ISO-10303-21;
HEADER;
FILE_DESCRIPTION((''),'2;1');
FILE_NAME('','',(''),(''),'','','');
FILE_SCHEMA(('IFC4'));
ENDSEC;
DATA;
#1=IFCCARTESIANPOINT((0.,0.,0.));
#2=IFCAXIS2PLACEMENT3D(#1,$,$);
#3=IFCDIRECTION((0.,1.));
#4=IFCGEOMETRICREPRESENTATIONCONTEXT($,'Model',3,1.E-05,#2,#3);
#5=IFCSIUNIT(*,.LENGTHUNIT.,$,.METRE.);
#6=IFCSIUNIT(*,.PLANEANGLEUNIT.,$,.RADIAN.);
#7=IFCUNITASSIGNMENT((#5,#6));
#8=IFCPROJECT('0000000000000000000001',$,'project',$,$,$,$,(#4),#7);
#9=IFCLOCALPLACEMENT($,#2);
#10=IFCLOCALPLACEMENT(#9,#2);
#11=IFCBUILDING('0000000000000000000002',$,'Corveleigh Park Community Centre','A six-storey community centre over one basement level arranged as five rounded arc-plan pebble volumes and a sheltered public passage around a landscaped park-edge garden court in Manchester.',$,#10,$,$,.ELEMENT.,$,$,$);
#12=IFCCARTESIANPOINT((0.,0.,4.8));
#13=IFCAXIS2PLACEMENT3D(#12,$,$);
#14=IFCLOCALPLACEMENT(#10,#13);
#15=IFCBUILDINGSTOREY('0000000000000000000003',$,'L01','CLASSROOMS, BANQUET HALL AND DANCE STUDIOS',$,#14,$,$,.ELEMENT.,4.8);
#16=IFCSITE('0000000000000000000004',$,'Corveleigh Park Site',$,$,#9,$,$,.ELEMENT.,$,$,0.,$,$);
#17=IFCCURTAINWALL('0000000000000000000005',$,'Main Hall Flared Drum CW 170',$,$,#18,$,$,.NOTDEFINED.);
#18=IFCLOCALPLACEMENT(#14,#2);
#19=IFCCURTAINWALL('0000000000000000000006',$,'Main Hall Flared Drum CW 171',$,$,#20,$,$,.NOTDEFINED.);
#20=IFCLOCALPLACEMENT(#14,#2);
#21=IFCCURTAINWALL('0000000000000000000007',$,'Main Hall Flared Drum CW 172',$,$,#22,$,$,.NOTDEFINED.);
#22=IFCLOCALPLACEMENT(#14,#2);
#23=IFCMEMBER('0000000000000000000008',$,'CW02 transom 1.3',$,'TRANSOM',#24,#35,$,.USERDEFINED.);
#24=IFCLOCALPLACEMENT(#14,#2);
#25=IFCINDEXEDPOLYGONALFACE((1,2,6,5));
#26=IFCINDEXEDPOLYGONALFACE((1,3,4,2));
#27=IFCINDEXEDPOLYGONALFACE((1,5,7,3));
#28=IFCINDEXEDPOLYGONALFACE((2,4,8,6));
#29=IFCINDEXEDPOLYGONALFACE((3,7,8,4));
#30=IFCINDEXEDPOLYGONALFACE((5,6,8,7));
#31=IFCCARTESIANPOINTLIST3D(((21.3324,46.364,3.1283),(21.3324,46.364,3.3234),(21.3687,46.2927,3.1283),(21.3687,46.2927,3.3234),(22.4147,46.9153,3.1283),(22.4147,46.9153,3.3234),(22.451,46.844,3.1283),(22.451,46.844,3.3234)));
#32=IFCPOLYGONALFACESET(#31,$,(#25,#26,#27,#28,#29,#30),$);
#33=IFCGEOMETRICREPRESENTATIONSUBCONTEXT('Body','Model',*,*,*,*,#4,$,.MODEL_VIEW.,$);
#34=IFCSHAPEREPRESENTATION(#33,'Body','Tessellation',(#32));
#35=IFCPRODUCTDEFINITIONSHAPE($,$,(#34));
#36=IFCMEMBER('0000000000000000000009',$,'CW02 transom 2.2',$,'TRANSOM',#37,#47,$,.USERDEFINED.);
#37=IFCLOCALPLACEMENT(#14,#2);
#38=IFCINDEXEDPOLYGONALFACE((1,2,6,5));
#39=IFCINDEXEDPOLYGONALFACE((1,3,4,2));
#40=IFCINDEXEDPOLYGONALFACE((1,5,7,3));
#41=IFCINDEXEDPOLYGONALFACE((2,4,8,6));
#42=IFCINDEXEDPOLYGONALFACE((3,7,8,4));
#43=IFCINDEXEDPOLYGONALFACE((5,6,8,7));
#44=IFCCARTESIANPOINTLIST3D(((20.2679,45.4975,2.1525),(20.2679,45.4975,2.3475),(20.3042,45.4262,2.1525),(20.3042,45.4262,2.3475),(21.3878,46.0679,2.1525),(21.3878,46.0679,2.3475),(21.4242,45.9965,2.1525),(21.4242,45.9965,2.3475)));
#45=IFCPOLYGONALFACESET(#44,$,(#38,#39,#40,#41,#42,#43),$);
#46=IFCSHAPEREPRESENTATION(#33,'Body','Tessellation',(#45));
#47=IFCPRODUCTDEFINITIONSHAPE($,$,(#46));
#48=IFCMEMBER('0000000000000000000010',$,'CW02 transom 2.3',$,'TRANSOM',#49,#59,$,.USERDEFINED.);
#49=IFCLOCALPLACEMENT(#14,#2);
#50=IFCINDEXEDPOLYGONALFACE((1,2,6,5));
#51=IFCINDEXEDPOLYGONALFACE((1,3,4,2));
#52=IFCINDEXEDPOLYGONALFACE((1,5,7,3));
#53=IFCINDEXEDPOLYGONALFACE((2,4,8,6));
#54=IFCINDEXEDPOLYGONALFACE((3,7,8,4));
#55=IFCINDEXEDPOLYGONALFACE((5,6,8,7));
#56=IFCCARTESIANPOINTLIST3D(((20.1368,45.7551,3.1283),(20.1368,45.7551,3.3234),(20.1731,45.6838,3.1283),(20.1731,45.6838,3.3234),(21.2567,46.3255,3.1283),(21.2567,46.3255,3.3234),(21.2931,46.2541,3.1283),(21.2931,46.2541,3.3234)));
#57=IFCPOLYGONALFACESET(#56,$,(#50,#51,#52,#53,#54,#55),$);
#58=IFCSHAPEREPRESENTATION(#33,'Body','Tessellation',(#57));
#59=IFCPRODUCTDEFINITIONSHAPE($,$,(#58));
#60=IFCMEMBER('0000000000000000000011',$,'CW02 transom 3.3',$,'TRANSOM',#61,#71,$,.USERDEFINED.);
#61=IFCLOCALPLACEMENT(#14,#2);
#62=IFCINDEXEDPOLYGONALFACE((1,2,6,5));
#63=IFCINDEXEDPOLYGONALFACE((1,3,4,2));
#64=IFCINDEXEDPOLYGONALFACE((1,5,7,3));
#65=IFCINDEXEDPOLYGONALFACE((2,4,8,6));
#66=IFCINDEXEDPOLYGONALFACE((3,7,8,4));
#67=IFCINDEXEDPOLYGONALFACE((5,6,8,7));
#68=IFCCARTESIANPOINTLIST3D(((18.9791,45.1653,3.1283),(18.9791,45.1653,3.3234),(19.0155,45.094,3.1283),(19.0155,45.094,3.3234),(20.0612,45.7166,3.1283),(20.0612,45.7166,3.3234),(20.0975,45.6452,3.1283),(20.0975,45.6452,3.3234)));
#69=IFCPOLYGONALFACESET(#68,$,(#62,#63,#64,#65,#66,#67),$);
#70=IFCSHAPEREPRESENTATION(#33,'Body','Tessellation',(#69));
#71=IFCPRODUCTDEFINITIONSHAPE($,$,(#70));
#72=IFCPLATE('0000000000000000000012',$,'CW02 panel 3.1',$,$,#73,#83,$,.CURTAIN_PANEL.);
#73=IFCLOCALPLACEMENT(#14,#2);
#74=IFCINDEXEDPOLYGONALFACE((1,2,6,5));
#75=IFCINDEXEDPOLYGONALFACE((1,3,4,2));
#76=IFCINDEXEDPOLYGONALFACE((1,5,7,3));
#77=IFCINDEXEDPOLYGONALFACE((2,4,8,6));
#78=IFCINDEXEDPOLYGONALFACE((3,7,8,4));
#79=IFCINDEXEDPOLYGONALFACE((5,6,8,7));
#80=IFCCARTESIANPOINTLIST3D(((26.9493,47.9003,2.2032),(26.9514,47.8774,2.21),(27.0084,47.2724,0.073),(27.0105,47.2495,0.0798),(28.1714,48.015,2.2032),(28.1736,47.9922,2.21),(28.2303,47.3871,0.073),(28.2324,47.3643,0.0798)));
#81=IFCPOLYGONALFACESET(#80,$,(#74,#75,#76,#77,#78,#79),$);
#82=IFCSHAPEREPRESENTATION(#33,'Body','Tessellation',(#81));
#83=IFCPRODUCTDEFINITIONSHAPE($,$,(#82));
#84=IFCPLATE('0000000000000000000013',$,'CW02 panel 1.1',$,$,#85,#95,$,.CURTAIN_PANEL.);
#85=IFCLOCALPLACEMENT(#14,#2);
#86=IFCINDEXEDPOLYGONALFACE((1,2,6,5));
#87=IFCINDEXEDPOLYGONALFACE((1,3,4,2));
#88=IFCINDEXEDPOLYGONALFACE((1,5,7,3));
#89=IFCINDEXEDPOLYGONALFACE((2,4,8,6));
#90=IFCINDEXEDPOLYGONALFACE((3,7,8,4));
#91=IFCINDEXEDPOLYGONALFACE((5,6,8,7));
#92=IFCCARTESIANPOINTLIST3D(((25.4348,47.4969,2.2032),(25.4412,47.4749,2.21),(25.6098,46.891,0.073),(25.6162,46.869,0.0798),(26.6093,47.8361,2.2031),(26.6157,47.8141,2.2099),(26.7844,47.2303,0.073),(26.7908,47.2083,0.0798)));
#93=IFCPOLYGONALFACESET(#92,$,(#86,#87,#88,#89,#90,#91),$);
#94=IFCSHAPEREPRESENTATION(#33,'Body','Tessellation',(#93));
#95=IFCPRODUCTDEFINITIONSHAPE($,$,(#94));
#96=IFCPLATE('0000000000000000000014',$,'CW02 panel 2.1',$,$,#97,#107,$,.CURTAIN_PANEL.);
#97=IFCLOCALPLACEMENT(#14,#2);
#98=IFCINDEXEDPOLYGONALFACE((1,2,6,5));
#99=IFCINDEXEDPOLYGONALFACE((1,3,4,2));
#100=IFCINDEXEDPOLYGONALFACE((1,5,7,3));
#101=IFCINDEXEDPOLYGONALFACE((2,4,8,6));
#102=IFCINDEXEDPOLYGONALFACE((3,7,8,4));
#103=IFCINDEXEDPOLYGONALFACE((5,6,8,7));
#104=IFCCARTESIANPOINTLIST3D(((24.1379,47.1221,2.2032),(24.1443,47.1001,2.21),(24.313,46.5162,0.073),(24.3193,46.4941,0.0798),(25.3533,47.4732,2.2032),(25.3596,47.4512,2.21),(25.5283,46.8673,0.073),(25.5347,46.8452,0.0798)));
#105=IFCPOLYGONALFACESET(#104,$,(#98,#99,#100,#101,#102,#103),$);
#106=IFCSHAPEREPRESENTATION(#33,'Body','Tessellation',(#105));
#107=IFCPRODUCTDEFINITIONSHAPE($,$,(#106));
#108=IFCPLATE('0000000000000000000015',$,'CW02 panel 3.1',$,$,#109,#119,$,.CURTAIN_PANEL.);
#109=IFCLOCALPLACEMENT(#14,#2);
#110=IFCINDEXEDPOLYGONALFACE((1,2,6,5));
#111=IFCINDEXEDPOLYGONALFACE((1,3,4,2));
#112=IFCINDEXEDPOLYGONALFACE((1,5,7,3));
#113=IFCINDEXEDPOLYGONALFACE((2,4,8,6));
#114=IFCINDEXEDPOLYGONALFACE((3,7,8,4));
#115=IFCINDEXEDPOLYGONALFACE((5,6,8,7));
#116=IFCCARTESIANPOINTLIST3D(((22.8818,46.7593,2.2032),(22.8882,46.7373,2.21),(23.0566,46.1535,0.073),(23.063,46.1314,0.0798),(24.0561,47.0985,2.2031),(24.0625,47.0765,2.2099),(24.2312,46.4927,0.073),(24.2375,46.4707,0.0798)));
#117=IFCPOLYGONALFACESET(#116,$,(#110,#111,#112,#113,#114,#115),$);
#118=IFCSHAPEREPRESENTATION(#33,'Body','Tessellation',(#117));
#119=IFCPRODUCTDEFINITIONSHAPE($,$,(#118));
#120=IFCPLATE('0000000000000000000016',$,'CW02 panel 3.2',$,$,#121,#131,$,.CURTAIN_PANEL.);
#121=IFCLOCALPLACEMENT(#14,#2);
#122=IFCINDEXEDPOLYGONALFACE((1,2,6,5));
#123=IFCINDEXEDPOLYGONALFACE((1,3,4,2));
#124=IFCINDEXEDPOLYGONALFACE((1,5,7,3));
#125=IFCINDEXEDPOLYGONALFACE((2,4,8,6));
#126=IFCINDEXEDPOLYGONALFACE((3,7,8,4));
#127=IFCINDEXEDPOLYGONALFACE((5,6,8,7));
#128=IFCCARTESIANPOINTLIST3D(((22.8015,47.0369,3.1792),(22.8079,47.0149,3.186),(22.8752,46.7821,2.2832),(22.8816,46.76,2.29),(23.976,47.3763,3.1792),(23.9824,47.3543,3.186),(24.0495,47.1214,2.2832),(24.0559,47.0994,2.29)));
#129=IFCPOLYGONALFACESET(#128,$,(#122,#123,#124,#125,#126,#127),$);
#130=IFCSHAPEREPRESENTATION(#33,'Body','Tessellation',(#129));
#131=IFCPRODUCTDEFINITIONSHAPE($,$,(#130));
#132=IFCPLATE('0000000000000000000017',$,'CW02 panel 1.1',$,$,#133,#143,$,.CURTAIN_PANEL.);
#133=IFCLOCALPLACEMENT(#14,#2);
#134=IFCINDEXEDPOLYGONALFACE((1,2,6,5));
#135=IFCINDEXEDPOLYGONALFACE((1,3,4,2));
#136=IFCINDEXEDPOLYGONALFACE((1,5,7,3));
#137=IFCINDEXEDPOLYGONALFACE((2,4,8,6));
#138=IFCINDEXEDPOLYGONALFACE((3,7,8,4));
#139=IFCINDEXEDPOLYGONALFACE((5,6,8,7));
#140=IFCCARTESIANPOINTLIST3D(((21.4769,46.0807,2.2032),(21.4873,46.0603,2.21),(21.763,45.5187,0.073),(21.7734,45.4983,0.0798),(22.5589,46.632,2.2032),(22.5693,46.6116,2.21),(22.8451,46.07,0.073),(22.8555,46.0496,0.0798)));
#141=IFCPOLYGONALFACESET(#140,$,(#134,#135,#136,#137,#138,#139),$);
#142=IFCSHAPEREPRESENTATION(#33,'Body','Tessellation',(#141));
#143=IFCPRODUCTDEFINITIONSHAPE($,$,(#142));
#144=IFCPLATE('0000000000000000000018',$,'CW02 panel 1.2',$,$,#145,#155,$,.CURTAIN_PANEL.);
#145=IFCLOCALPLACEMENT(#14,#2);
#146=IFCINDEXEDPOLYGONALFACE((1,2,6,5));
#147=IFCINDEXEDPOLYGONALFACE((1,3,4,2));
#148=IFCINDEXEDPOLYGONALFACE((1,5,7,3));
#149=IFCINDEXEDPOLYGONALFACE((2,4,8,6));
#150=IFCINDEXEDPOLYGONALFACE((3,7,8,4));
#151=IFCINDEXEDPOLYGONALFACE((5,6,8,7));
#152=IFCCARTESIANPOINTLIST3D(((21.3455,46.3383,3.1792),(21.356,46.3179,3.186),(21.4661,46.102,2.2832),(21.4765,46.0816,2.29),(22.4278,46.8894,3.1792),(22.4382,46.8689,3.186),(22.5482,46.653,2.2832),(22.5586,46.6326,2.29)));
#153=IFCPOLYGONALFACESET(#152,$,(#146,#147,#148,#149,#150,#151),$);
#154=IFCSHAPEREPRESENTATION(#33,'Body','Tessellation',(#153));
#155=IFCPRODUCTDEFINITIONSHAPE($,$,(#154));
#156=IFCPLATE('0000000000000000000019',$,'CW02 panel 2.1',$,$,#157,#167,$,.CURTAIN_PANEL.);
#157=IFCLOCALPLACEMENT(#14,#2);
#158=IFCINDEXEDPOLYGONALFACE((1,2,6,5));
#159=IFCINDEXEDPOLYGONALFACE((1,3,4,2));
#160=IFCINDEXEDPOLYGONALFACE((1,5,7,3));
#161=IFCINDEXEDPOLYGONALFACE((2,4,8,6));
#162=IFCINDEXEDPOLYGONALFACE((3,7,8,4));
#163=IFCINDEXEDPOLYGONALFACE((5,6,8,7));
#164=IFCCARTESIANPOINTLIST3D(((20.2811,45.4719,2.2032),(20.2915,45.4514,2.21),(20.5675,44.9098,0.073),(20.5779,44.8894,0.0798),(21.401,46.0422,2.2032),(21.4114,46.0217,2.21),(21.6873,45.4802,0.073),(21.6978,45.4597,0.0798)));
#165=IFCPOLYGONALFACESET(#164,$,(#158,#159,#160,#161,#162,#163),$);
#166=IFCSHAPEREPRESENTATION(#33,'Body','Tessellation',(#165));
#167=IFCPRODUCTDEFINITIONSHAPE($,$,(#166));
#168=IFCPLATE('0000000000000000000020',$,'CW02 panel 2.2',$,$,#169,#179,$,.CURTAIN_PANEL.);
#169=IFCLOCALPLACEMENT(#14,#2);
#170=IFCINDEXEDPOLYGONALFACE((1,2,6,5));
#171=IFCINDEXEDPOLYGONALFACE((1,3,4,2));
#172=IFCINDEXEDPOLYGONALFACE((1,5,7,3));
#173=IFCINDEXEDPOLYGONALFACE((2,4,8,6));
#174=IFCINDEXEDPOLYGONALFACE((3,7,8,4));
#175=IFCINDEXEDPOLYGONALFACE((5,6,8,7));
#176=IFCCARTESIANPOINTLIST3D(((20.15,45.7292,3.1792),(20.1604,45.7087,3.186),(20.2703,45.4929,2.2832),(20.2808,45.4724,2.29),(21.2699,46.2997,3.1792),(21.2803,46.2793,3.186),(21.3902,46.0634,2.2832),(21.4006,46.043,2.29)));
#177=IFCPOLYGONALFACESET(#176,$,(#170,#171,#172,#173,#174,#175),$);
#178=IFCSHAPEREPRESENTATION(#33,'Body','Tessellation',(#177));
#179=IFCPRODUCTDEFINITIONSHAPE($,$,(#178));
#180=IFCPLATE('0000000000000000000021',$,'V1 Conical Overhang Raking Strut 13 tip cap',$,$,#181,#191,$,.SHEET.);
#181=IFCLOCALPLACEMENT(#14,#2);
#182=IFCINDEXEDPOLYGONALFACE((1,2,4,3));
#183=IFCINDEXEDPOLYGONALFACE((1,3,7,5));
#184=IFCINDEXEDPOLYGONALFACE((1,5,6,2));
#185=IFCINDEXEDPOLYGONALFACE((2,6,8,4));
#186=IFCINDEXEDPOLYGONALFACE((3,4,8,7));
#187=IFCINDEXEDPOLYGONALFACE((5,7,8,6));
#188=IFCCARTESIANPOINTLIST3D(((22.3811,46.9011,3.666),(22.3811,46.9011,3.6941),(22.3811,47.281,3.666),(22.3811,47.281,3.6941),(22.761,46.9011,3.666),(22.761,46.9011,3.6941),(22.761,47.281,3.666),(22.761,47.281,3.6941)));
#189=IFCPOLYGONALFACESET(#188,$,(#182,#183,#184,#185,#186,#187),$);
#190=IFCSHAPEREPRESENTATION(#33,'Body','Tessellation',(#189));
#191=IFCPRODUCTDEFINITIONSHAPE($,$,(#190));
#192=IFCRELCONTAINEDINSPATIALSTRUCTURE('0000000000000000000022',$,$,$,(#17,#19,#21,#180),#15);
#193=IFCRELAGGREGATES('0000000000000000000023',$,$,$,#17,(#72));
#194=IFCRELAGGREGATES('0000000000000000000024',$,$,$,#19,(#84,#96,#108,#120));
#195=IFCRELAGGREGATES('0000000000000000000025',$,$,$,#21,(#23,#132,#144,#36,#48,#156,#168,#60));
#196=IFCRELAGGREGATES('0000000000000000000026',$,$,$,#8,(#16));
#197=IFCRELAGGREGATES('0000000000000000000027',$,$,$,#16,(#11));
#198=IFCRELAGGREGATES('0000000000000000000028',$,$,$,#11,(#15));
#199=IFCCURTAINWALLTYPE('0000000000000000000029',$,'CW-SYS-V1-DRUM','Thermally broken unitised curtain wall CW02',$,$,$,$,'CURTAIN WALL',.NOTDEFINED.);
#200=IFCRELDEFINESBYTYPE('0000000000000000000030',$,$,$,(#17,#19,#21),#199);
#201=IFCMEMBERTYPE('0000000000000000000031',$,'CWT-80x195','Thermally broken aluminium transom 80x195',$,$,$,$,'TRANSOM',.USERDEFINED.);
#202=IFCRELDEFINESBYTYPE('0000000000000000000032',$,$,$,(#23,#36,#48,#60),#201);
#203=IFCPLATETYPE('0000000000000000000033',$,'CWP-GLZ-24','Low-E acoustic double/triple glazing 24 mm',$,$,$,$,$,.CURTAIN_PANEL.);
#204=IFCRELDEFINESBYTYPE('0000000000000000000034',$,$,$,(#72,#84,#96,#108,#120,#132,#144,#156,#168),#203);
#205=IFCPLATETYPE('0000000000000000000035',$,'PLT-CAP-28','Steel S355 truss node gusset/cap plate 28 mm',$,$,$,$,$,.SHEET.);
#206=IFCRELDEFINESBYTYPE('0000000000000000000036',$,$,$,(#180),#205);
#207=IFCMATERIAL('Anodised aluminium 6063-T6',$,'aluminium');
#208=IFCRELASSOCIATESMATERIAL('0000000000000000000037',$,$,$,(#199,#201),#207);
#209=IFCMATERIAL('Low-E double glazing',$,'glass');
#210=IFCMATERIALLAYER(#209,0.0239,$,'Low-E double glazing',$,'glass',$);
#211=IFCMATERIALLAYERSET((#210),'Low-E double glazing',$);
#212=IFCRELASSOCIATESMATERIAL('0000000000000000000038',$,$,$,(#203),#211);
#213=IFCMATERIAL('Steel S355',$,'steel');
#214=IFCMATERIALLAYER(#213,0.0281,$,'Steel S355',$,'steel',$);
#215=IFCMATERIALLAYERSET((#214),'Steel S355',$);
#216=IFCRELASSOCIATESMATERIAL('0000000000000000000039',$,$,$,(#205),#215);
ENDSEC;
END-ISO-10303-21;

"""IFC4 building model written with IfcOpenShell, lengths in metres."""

from ifc_helpers import new_model, si_unit, direction, frame, origin, origin_2d, place, context, subcontext, project, spatial, polyline, rectangle, outline, extrude, material, layer, layer_set, material_profile, profile_set, type_object, element, aggregate, save


model = new_model("IFC4")

# Units and contexts
model_context = context("Model", 3, precision=1e-05, world=origin(), true_north=direction((0.0, 1.0)))
body_context = subcontext(model_context, "Body", "Model", "MODEL_VIEW")
ifc_project = project(units=[si_unit("LENGTHUNIT", "METRE"), si_unit("PLANEANGLEUNIT", "RADIAN")], contexts=[model_context])

# Site, building, storey
site_placement = place(None, origin())
site = spatial("IfcSite", under=ifc_project, at=site_placement, Name="Corveleigh Park Site", CompositionType="ELEMENT", RefElevation=0.0)
building_placement = place(site_placement, origin())
building = spatial("IfcBuilding", under=site, at=building_placement, Name="Corveleigh Park Community Centre", Description="A six-storey community centre over one basement level arranged as five rounded arc-plan pebble volumes and a sheltered public passage around a landscaped park-edge garden court in Manchester.", CompositionType="ELEMENT")
storey_placement = place(building_placement, frame((0.0, 0.0, 4.8)))
storey = spatial("IfcBuildingStorey", under=building, at=storey_placement, Name="L01", Description="CLASSROOMS, BANQUET HALL AND DANCE STUDIOS", CompositionType="ELEMENT", Elevation=4.8)

# Curtain walls
ifc_material_1 = material(Name="Anodised aluminium 6063-T6", Category="aluminium")
curtain_wall_type = type_object("IfcCurtainWallType", Name="CW-SYS-V1-DRUM", Description="Thermally broken unitised curtain wall CW02", ElementType="CURTAIN WALL", PredefinedType="NOTDEFINED", material=ifc_material_1)
curtain_wall_1_placement = place(storey_placement, origin())
curtain_wall_1 = element("IfcCurtainWall", 1, at=curtain_wall_1_placement, inside=storey, type_object=curtain_wall_type, Name="Main Hall Flared Drum CW 170", PredefinedType="NOTDEFINED")
curtain_wall_2_placement = place(storey_placement, origin())
curtain_wall_2 = element("IfcCurtainWall", 2, at=curtain_wall_2_placement, inside=storey, type_object=curtain_wall_type, Name="Main Hall Flared Drum CW 171", PredefinedType="NOTDEFINED")

# Curtain wall
curtain_wall_3_placement = place(storey_placement, origin())
curtain_wall_3 = element("IfcCurtainWall", 3, at=curtain_wall_3_placement, inside=storey, type_object=curtain_wall_type, Name="Main Hall Flared Drum CW 172", PredefinedType="NOTDEFINED")

# Members
ifc_material_profile_1 = material_profile(ifc_material_1, rectangle(XDim=0.0801, YDim=0.1951, at=origin_2d()), Name="ALU-T80x195", Category="aluminium")
ifc_profile_set_1 = profile_set([ifc_material_profile_1], Name="Anodised aluminium 6063-T6")
member_type_1 = type_object("IfcMemberType", Name="CWT-80x195", Description="Thermally broken aluminium transom 80x195", ElementType="TRANSOM", PredefinedType="USERDEFINED", material=ifc_profile_set_1)
member_1_placement = place(storey_placement, frame((22.4329, 46.8796, 3.2258), z_axis=(-0.891066, -0.453875, 0.0), x_axis=(0.453875, -0.891066, 0.0)))
member_1 = element("IfcMember", 4, at=member_1_placement, type_object=member_type_1, Name="CW02 transom 1.3", ObjectType="TRANSOM", PredefinedType="USERDEFINED", context=body_context, shape_type="SweptSolid", body=[
    extrude(rectangle(XDim=0.0801, YDim=0.1951, at=origin_2d()), origin(), (0.0, 0.0, 1.0), 1.2146),
])
member_2_placement = place(storey_placement, frame((21.406, 46.0322, 2.25), z_axis=(-0.8911, -0.453806, 0.0), x_axis=(0.453806, -0.8911, 0.0)))
member_2 = element("IfcMember", 5, at=member_2_placement, type_object=member_type_1, Name="CW02 transom 2.2", ObjectType="TRANSOM", PredefinedType="USERDEFINED", context=body_context, shape_type="SweptSolid", body=[
    extrude(rectangle(XDim=0.0801, YDim=0.1951, at=origin_2d()), origin(), (0.0, 0.0, 1.0), 1.2568),
])
member_3_placement = place(storey_placement, frame((21.2749, 46.2898, 3.2258), z_axis=(-0.8911, -0.453806, 0.0), x_axis=(0.453806, -0.8911, 0.0)))
member_3 = element("IfcMember", 6, at=member_3_placement, type_object=member_type_1, Name="CW02 transom 2.3", ObjectType="TRANSOM", PredefinedType="USERDEFINED", context=body_context, shape_type="SweptSolid", body=[
    extrude(rectangle(XDim=0.0801, YDim=0.1951, at=origin_2d()), origin(), (0.0, 0.0, 1.0), 1.2568),
])
member_4_placement = place(storey_placement, frame((20.0793, 45.6809, 3.2258), z_axis=(-0.891024, -0.453956, 0.0), x_axis=(0.453956, -0.891024, 0.0)))
member_4 = element("IfcMember", 7, at=member_4_placement, type_object=member_type_1, Name="CW02 transom 3.3", ObjectType="TRANSOM", PredefinedType="USERDEFINED", context=body_context, shape_type="SweptSolid", body=[
    extrude(rectangle(XDim=0.0801, YDim=0.1951, at=origin_2d()), origin(), (0.0, 0.0, 1.0), 1.2144),
])

# Plates
ifc_material_2 = material(Name="Low-E double glazing", Category="glass")
ifc_layer_1 = layer(ifc_material_2, 0.0239, Name="Low-E double glazing", Category="glass")
ifc_layer_set_1 = layer_set([ifc_layer_1], Name="Low-E double glazing")
plate_type_1 = type_object("IfcPlateType", Name="CWP-GLZ-24", Description="Low-E acoustic double/triple glazing 24 mm", PredefinedType="CURTAIN_PANEL", material=ifc_layer_set_1)
plate_1_placement = place(storey_placement, frame((28.2324, 47.3643, 0.0798), z_axis=(0.089639, -0.954655, 0.283899), x_axis=(-0.995621, -0.093486, -0.000003)))
plate_1 = element("IfcPlate", 8, at=plate_1_placement, type_object=plate_type_1, Name="CW02 panel 3.1", PredefinedType="CURTAIN_PANEL", context=body_context, shape_type="SweptSolid", body=[
    extrude(outline(polyline([(0.0, 0.0), (1.2273, 0.0), (1.2274, -2.2215), (-0.0001, -2.2215), (0.0, 0.0)])), origin(), (0.0, 0.0, -1.0), 0.0239),
])
aggregate(curtain_wall_1, [plate_1])
plate_2_placement = place(storey_placement, frame((26.7908, 47.2083, 0.0798), z_axis=(0.266062, -0.921211, 0.283868), x_axis=(-0.96073, -0.277484, -0.000026)))
plate_2 = element("IfcPlate", 9, at=plate_2_placement, type_object=plate_type_1, Name="CW02 panel 1.1", PredefinedType="CURTAIN_PANEL", context=body_context, shape_type="SweptSolid", body=[
    extrude(outline(polyline([(0.0, 0.0), (1.2226, 0.0), (1.2226, -2.2215), (0.0, -2.2215), (0.0, 0.0)])), origin(), (0.0, 0.0, -1.0), 0.0239),
])
plate_3_placement = place(storey_placement, frame((25.5347, 46.8452, 0.0798), z_axis=(0.266103, -0.921184, 0.283917), x_axis=(-0.960719, -0.277524, 0.0)))
plate_3 = element("IfcPlate", 10, at=plate_3_placement, type_object=plate_type_1, Name="CW02 panel 2.1", PredefinedType="CURTAIN_PANEL", context=body_context, shape_type="SweptSolid", body=[
    extrude(outline(polyline([(0.0, 0.0), (1.265, 0.0), (1.265, -2.2215), (0.0, -2.2215), (0.0, 0.0)])), origin(), (0.0, 0.0, -1.0), 0.0239),
])
plate_4_placement = place(storey_placement, frame((24.2375, 46.4707, 0.0798), z_axis=(0.266088, -0.921208, 0.283854), x_axis=(-0.960723, -0.277508, -0.000019)))
plate_4 = element("IfcPlate", 11, at=plate_4_placement, type_object=plate_type_1, Name="CW02 panel 3.1", PredefinedType="CURTAIN_PANEL", context=body_context, shape_type="SweptSolid", body=[
    extrude(outline(polyline([(0.0, 0.0), (1.2226, 0.0), (1.2223, -2.2215), (0.0, -2.2215), (0.0, 0.0)])), origin(), (0.0, 0.0, -1.0), 0.0239),
])
plate_5_placement = place(storey_placement, frame((24.0559, 47.0994, 2.29), z_axis=(0.266172, -0.921166, 0.28391), x_axis=(-0.960698, -0.277597, -0.000008)))
plate_5 = element("IfcPlate", 12, at=plate_5_placement, type_object=plate_type_1, Name="CW02 panel 3.2", PredefinedType="CURTAIN_PANEL", context=body_context, shape_type="SweptSolid", body=[
    extrude(outline(polyline([(0.0, 0.0), (1.2224, 0.0), (1.2224, -0.9345), (-0.0002, -0.9344), (0.0, 0.0)])), origin(), (0.0, 0.0, -1.0), 0.0239),
])
aggregate(curtain_wall_2, [plate_2, plate_3, plate_4, plate_5])
plate_6_placement = place(storey_placement, frame((22.8555, 46.0496, 0.0798), z_axis=(0.435279, -0.854366, 0.283885), x_axis=(-0.891024, -0.453956, 0.0)))
plate_6 = element("IfcPlate", 13, at=plate_6_placement, type_object=plate_type_1, Name="CW02 panel 1.1", PredefinedType="CURTAIN_PANEL", context=body_context, shape_type="SweptSolid", body=[
    extrude(outline(polyline([(0.0, 0.0), (1.2144, 0.0), (1.2142, -2.2215), (-0.0002, -2.2215), (0.0, 0.0)])), origin(), (0.0, 0.0, -1.0), 0.0239),
])
plate_7_placement = place(storey_placement, frame((22.5586, 46.6326, 2.29), z_axis=(0.435088, -0.854465, 0.28388), x_axis=(-0.891124, -0.453759, -0.000012)))
plate_7 = element("IfcPlate", 14, at=plate_7_placement, type_object=plate_type_1, Name="CW02 panel 1.2", PredefinedType="CURTAIN_PANEL", context=body_context, shape_type="SweptSolid", body=[
    extrude(outline(polyline([(0.0, 0.0), (1.2143, 0.0), (1.2145, -0.9345), (0.0, -0.9344), (0.0, 0.0)])), origin(), (0.0, 0.0, -1.0), 0.0239),
])
plate_8_placement = place(storey_placement, frame((21.6978, 45.4597, 0.0798), z_axis=(0.43513, -0.854427, 0.283931), x_axis=(-0.8911, -0.453806, 0.0)))
plate_8 = element("IfcPlate", 15, at=plate_8_placement, type_object=plate_type_1, Name="CW02 panel 2.1", PredefinedType="CURTAIN_PANEL", context=body_context, shape_type="SweptSolid", body=[
    extrude(outline(polyline([(0.0, 0.0), (1.2567, 0.0), (1.2569, -2.2216), (0.0001, -2.2216), (0.0, 0.0)])), origin(), (0.0, 0.0, -1.0), 0.0239),
])
plate_9_placement = place(storey_placement, frame((21.4006, 46.043, 2.29), z_axis=(0.435292, -0.854379, 0.283825), x_axis=(-0.891022, -0.453961, 0.0)))
plate_9 = element("IfcPlate", 16, at=plate_9_placement, type_object=plate_type_1, Name="CW02 panel 2.2", PredefinedType="CURTAIN_PANEL", context=body_context, shape_type="SweptSolid", body=[
    extrude(outline(polyline([(0.0, 0.0), (1.2568, 0.0), (1.2568, -0.9344), (0.0, -0.9344), (0.0, 0.0)])), origin(), (0.0, 0.0, -1.0), 0.0239),
])
aggregate(curtain_wall_3, [member_1, plate_6, plate_7, member_2, member_3, plate_8, plate_9, member_4])
ifc_material_3 = material(Name="Steel S355", Category="steel")
ifc_layer_2 = layer(ifc_material_3, 0.0281, Name="Steel S355", Category="steel")
ifc_layer_set_2 = layer_set([ifc_layer_2], Name="Steel S355")
plate_type_2 = type_object("IfcPlateType", Name="PLT-CAP-28", Description="Steel S355 truss node gusset/cap plate 28 mm", PredefinedType="SHEET", material=ifc_layer_set_2)
plate_10_placement = place(storey_placement, frame((22.571, 47.0911, 3.666), z_axis=(0.0, 0.0, 1.0), x_axis=(1.0, 0.0, 0.0)))
element("IfcPlate", 17, at=plate_10_placement, inside=storey, type_object=plate_type_2, Name="V1 Conical Overhang Raking Strut 13 tip cap", PredefinedType="SHEET", context=body_context, shape_type="SweptSolid", body=[
    extrude(rectangle(XDim=0.3799, YDim=0.3799, at=origin_2d()), origin(), (0.0, 0.0, 1.0), 0.0281),
])

save(model, "model.ifc")
